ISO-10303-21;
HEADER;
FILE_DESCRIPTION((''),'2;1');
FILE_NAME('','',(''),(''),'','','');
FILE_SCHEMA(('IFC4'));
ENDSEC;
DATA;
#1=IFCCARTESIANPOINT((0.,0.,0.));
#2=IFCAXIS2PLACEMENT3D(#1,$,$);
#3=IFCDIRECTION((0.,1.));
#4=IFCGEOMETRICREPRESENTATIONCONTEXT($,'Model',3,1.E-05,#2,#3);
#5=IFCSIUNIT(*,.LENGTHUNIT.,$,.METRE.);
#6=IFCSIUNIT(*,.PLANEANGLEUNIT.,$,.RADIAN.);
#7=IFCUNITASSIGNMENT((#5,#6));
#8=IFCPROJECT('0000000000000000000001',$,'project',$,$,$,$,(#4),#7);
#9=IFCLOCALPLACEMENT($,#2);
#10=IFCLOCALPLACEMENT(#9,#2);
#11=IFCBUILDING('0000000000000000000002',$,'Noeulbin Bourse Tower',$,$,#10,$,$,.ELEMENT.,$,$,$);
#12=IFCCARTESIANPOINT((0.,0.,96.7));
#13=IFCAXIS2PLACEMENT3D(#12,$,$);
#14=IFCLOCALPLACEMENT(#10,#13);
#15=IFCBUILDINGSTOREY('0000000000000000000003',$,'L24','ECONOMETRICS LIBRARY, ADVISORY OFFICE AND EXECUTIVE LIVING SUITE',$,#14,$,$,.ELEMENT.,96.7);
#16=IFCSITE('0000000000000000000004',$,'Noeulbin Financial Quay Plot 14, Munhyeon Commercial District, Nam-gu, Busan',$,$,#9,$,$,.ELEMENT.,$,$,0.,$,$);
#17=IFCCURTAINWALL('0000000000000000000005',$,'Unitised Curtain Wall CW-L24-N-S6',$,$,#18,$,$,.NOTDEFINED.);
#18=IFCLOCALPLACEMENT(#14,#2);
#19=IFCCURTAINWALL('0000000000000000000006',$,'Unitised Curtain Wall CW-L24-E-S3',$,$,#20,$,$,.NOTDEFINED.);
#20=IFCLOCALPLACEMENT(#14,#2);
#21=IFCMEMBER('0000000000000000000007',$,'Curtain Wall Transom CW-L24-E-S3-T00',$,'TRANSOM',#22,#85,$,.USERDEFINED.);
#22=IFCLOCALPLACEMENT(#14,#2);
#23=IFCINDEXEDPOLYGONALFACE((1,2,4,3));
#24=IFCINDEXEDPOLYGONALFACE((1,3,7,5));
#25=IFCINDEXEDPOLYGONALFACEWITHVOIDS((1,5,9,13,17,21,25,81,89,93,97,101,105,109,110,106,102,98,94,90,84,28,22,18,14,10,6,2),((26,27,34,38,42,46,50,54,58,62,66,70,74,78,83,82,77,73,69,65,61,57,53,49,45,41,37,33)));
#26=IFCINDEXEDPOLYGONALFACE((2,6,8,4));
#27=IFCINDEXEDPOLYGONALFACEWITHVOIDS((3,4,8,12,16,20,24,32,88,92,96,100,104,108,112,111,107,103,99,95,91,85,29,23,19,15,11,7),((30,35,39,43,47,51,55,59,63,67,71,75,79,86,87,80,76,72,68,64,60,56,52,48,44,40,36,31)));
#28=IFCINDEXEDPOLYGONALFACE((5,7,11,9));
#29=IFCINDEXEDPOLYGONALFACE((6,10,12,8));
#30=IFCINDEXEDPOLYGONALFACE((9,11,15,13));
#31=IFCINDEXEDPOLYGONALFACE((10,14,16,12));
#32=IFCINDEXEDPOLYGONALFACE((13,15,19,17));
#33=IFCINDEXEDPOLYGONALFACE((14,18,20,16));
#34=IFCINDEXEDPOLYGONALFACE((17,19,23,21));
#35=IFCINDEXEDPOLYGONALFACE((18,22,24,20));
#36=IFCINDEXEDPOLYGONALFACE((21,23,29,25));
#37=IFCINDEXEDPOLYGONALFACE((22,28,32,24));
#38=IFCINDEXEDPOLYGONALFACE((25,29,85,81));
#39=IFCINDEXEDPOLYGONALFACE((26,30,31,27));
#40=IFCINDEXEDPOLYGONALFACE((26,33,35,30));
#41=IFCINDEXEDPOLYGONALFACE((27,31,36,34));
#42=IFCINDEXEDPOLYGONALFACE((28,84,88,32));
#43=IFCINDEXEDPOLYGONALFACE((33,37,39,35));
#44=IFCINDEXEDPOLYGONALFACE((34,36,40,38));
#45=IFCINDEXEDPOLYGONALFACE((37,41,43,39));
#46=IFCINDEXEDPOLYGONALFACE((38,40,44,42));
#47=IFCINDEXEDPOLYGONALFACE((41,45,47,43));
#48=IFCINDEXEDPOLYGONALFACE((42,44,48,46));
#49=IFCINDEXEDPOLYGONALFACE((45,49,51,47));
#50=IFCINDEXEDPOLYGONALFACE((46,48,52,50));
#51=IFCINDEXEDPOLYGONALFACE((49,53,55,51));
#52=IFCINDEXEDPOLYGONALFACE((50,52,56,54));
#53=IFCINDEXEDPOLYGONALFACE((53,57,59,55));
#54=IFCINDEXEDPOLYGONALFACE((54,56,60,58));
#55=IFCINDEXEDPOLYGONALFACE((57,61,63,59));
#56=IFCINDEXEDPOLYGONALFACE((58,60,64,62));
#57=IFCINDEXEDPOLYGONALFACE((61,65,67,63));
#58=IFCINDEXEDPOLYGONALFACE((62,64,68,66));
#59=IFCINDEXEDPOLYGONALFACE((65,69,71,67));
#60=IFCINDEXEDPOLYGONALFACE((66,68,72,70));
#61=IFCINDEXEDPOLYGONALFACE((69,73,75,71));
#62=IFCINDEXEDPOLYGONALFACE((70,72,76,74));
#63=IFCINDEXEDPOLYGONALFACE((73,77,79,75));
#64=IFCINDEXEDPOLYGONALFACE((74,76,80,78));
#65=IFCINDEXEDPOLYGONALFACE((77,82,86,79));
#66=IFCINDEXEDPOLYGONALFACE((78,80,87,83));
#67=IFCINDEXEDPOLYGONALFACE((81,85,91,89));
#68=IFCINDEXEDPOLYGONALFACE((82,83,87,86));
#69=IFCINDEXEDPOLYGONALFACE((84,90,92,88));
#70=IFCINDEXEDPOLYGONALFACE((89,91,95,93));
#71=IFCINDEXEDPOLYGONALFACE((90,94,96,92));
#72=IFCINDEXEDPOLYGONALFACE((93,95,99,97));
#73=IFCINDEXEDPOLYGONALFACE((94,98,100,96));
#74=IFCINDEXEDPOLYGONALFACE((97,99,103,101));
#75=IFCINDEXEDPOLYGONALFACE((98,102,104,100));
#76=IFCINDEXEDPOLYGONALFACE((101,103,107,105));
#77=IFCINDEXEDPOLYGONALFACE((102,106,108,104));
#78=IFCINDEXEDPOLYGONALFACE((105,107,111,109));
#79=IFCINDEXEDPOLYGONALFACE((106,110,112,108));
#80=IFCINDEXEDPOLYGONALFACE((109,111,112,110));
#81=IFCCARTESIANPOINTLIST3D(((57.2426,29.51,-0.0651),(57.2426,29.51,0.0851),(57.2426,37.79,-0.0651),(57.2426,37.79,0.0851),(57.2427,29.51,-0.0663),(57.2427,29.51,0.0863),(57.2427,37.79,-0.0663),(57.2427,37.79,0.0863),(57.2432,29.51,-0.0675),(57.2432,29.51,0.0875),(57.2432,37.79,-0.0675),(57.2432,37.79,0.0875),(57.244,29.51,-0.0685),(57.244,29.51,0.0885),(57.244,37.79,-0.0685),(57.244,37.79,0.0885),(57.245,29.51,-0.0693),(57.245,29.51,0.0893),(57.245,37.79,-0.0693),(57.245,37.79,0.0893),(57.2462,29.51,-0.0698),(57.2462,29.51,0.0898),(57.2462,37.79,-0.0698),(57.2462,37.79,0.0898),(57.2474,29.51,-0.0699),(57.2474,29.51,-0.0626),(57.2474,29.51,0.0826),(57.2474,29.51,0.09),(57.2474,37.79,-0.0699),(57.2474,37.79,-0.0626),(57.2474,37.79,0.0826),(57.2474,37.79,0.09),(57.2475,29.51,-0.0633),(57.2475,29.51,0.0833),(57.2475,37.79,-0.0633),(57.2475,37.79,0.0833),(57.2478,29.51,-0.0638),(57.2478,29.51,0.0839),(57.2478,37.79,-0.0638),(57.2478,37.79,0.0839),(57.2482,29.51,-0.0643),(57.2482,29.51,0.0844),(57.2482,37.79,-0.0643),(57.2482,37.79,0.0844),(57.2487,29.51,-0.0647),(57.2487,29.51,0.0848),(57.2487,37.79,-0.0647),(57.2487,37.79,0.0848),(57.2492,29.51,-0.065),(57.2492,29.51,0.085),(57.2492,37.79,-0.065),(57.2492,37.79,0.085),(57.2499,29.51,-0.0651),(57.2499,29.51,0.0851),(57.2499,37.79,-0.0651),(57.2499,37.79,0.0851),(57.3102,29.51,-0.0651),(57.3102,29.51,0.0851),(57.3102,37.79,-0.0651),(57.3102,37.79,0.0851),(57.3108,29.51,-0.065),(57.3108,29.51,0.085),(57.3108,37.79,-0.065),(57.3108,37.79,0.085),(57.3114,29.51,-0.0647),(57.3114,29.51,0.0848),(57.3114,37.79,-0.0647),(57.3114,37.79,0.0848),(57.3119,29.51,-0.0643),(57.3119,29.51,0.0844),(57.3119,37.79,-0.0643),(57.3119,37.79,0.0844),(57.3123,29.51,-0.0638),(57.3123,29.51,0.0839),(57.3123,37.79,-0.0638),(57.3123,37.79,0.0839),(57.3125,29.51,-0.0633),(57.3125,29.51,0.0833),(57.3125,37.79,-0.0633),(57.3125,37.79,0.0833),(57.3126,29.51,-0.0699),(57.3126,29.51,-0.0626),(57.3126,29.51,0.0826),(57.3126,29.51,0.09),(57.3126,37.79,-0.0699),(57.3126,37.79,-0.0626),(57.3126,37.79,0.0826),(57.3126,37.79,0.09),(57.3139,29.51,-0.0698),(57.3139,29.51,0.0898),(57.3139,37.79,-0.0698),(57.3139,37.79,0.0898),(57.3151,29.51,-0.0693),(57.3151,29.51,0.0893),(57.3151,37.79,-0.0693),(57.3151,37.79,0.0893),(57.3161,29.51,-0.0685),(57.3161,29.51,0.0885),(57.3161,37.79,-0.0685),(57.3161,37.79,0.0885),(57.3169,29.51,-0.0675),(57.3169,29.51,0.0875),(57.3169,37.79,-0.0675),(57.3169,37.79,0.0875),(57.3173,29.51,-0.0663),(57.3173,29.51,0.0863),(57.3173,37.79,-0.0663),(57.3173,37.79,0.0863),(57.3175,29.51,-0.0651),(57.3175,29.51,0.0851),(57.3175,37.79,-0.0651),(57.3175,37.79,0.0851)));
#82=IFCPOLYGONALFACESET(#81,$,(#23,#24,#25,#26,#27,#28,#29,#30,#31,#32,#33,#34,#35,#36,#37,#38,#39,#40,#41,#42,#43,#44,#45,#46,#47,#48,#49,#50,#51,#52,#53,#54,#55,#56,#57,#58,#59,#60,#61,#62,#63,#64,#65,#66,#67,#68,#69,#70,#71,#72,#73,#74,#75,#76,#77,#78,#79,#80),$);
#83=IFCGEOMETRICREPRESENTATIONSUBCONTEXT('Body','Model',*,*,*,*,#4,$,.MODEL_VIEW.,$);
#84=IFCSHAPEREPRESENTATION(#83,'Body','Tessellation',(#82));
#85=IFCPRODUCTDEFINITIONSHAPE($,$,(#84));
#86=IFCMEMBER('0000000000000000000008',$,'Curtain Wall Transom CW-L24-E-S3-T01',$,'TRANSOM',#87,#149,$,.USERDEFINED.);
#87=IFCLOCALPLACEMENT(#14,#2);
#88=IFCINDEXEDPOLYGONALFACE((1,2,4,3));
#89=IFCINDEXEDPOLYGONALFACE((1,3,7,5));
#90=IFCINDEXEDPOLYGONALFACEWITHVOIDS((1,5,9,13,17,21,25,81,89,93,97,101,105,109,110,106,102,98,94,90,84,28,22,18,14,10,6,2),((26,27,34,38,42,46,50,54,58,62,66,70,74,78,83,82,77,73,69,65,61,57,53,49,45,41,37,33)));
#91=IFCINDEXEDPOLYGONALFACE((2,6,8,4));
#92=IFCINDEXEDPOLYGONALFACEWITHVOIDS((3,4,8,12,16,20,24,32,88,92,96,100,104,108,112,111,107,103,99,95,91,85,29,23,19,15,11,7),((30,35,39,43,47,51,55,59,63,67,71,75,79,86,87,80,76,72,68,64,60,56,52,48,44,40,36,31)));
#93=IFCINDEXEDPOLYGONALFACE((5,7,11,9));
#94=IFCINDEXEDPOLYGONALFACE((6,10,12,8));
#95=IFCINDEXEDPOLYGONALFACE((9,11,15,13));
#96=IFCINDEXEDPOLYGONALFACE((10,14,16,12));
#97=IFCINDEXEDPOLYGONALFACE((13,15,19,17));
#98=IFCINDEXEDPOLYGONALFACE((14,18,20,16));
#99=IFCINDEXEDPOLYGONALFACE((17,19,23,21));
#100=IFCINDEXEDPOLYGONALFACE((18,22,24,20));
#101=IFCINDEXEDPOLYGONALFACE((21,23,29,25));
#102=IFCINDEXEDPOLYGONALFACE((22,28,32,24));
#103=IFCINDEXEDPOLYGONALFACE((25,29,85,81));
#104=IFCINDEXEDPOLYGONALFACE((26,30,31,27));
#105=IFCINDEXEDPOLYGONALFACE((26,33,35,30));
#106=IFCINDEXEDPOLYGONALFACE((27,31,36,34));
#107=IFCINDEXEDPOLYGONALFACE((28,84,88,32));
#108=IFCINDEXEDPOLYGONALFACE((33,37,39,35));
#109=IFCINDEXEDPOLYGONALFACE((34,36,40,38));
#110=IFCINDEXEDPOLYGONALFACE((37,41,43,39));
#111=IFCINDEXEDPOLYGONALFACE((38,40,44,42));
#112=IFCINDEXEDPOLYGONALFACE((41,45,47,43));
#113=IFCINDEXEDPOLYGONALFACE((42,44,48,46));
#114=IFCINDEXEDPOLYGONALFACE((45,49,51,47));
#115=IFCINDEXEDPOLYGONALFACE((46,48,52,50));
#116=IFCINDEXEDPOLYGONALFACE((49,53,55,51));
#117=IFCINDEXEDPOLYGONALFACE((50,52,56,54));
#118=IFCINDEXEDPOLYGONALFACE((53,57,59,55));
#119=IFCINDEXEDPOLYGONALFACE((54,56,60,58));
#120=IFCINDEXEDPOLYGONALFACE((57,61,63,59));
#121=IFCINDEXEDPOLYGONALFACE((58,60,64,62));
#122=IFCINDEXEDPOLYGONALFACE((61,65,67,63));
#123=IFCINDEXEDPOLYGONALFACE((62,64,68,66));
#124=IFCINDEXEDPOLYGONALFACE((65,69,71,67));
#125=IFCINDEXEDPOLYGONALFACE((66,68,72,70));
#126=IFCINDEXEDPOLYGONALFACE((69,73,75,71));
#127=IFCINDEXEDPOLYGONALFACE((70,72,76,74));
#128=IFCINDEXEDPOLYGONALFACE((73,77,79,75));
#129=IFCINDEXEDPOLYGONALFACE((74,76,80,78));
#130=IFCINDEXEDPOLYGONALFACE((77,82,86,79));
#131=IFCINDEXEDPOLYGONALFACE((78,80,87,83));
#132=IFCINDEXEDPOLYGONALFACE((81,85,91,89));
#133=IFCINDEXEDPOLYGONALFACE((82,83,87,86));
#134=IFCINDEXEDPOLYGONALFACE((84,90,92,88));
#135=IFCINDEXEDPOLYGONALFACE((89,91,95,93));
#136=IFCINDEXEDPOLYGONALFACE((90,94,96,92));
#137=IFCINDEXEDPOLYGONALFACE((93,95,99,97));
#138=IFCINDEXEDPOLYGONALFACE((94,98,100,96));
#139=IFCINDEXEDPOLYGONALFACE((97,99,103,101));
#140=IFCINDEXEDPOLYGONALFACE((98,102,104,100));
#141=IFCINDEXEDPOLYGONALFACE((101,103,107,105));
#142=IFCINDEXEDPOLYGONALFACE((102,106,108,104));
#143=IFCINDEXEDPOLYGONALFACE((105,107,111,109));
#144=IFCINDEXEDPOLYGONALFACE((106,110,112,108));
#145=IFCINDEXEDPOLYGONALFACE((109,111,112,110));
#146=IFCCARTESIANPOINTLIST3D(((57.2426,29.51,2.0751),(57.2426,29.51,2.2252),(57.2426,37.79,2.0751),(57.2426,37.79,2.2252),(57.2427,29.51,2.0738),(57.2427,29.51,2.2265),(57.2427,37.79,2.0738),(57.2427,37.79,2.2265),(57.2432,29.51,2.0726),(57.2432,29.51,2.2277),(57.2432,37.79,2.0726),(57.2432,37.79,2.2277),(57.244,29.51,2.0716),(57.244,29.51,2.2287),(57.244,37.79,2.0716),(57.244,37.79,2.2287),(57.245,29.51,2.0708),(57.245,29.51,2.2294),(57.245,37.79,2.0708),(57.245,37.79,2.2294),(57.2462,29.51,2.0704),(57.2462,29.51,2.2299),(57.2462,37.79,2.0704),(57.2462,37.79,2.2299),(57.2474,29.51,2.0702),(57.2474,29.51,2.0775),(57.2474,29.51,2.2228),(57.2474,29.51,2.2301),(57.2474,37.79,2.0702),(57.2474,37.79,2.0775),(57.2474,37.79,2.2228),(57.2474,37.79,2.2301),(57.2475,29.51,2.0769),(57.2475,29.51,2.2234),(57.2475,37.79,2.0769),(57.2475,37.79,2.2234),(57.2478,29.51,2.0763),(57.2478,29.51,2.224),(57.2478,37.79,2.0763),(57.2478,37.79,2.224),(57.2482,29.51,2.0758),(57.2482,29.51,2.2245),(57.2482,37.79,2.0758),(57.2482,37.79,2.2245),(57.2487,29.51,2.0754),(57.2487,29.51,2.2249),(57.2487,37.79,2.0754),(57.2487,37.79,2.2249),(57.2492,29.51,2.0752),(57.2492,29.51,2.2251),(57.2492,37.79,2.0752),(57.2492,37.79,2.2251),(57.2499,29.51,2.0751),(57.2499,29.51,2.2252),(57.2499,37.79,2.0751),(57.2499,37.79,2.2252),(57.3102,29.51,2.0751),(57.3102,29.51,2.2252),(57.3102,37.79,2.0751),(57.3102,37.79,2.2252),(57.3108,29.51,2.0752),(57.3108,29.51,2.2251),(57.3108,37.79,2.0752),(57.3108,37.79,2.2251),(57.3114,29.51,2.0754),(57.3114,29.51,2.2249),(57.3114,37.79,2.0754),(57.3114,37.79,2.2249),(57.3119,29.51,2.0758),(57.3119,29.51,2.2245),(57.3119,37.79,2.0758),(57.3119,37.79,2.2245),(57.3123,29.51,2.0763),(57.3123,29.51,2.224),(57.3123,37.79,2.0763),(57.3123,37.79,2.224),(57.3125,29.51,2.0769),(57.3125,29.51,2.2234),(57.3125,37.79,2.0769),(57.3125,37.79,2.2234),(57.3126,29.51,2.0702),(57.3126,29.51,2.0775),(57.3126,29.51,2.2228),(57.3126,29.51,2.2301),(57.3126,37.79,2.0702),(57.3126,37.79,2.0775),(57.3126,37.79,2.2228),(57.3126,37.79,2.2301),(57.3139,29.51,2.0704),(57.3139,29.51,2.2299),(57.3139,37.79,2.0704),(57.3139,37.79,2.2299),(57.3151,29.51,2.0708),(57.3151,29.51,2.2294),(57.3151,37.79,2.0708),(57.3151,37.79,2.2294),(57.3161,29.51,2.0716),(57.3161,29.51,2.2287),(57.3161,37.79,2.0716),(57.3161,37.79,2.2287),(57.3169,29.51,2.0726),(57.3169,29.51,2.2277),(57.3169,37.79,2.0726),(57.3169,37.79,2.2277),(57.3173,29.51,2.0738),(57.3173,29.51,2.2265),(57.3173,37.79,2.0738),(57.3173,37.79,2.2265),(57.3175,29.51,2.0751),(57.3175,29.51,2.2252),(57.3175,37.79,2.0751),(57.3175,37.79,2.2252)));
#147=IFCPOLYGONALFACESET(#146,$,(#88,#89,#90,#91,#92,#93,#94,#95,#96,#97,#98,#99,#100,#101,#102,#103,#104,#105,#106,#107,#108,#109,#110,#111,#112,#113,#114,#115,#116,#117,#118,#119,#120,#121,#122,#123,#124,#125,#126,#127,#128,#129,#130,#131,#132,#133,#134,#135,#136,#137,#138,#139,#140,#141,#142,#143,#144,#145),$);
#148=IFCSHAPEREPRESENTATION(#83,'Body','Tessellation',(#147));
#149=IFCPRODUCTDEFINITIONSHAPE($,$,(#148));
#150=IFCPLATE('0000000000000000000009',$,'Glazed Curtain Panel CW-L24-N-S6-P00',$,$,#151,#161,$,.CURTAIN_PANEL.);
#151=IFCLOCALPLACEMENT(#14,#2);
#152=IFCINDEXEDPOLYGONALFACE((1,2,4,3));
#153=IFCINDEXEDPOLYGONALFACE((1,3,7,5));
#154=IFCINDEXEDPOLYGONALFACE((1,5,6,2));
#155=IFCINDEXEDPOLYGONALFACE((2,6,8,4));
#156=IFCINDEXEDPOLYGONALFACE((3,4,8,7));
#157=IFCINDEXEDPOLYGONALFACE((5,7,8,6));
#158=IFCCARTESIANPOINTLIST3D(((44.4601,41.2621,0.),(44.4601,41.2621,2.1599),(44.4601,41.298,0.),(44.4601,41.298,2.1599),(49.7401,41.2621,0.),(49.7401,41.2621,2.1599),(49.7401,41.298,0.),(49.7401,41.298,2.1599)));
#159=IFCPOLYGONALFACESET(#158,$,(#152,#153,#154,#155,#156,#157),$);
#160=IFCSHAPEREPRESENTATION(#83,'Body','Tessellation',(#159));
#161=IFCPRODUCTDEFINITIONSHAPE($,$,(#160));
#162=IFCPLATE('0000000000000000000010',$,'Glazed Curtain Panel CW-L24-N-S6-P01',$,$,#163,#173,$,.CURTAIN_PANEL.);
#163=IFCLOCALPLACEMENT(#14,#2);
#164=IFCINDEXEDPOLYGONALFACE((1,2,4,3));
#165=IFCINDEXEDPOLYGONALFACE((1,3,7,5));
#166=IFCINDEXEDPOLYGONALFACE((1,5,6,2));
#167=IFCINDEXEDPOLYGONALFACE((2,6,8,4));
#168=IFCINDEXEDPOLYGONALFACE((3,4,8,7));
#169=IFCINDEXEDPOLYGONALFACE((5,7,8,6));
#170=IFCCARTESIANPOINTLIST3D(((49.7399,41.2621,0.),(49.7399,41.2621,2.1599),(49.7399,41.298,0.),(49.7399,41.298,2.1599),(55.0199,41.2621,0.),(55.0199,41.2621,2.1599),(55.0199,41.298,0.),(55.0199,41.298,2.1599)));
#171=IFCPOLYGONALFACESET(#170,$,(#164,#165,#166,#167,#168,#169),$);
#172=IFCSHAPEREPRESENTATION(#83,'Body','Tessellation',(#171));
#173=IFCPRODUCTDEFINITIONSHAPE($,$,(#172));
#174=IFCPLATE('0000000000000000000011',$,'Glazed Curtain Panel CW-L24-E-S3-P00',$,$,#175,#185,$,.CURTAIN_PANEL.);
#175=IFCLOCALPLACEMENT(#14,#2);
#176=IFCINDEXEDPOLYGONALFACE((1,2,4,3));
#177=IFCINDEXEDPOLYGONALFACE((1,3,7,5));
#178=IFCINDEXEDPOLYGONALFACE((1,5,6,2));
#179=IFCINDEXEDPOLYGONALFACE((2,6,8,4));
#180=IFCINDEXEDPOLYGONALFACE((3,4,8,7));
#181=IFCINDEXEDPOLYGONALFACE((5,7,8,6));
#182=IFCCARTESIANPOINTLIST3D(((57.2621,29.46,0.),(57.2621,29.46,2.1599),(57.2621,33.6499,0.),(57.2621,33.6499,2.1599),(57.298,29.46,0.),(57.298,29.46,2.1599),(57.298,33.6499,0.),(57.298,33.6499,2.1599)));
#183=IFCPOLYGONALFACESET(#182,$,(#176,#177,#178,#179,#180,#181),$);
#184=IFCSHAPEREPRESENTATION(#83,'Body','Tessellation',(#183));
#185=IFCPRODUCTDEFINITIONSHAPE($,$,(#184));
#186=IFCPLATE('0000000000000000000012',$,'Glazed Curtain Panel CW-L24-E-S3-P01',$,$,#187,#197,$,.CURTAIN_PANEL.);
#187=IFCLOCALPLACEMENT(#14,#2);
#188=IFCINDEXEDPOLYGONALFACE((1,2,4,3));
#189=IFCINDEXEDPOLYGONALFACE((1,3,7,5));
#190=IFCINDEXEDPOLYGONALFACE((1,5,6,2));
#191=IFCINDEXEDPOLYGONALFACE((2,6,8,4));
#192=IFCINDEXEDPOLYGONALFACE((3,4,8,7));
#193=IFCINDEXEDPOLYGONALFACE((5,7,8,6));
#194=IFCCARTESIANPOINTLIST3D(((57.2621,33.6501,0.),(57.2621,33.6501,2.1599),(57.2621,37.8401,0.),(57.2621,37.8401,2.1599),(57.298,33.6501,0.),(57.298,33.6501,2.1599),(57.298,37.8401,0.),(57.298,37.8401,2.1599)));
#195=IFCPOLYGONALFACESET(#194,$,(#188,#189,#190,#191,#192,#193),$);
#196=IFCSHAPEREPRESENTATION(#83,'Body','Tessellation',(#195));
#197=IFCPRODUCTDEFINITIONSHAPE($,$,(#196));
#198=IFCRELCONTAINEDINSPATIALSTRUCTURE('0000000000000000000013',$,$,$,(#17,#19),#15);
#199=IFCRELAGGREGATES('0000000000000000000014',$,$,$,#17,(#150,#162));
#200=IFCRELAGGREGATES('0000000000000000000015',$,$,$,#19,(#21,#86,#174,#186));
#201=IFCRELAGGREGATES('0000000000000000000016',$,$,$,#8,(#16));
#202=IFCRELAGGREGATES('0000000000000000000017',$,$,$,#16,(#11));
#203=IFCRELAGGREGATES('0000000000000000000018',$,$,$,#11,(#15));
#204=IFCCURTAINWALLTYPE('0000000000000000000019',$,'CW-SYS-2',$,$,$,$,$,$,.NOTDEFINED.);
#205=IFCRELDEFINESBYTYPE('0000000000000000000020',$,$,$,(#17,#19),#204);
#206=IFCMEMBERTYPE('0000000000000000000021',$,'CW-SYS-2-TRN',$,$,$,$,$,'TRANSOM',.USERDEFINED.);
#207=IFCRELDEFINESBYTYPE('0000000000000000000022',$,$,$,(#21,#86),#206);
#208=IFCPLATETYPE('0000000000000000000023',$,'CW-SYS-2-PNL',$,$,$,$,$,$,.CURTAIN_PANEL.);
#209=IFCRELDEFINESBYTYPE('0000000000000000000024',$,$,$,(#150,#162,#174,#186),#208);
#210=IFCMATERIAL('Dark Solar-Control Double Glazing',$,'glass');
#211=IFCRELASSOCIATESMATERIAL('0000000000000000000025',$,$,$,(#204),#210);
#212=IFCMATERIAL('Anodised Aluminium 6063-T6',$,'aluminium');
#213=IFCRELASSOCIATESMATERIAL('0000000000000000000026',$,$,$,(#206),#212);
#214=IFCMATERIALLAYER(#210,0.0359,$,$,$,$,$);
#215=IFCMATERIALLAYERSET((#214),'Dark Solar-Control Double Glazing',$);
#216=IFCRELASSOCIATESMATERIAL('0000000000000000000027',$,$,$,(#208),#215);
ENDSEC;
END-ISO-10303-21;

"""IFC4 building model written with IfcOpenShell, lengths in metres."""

from ifc_helpers import new_model, si_unit, direction, frame, origin, origin_2d, place, context, subcontext, project, spatial, rectangle, hollow_rectangle, extrude, material, layer, layer_set, material_profile, profile_set, type_object, element, aggregate, save


model = new_model("IFC4")

# Units and contexts
model_context = context("Model", 3, precision=1e-05, world=origin(), true_north=direction((0.0, 1.0)))
body_context = subcontext(model_context, "Body", "Model", "MODEL_VIEW")
ifc_project = project(units=[si_unit("LENGTHUNIT", "METRE"), si_unit("PLANEANGLEUNIT", "RADIAN")], contexts=[model_context])

# Site, building, storey
site_placement = place(None, origin())
site = spatial("IfcSite", under=ifc_project, at=site_placement, Name="Noeulbin Financial Quay Plot 14, Munhyeon Commercial District, Nam-gu, Busan", CompositionType="ELEMENT", RefElevation=0.0)
building_placement = place(site_placement, origin())
building = spatial("IfcBuilding", under=site, at=building_placement, Name="Noeulbin Bourse Tower", CompositionType="ELEMENT")
storey_placement = place(building_placement, frame((0.0, 0.0, 96.7)))
storey = spatial("IfcBuildingStorey", under=building, at=storey_placement, Name="L24", Description="ECONOMETRICS LIBRARY, ADVISORY OFFICE AND EXECUTIVE LIVING SUITE", CompositionType="ELEMENT", Elevation=96.7)

# Curtain wall
ifc_material_1 = material(Name="Dark Solar-Control Double Glazing", Category="glass")
curtain_wall_type = type_object("IfcCurtainWallType", Name="CW-SYS-2", PredefinedType="NOTDEFINED", material=ifc_material_1)
curtain_wall_1_placement = place(storey_placement, origin())
curtain_wall_1 = element("IfcCurtainWall", 1, at=curtain_wall_1_placement, inside=storey, type_object=curtain_wall_type, Name="Unitised Curtain Wall CW-L24-N-S6", PredefinedType="NOTDEFINED")
ifc_material_2 = material(Name="Anodised Aluminium 6063-T6", Category="aluminium")

# Curtain wall
curtain_wall_2_placement = place(storey_placement, origin())
curtain_wall_2 = element("IfcCurtainWall", 2, at=curtain_wall_2_placement, inside=storey, type_object=curtain_wall_type, Name="Unitised Curtain Wall CW-L24-E-S3", PredefinedType="NOTDEFINED")

# Members
ifc_material_profile_1 = material_profile(ifc_material_2, hollow_rectangle(XDim=0.075, YDim=0.1599, WallThickness=0.0049, InnerFilletRadius=0.0024, OuterFilletRadius=0.0049, at=origin_2d()), Name="ALU-TRAN-75x160x5", Category="LoadBearing")
ifc_profile_set_1 = profile_set([ifc_material_profile_1], Name="Anodised Aluminium 6063-T6")
member_type_1 = type_object("IfcMemberType", Name="CW-SYS-2-TRN", ElementType="TRANSOM", PredefinedType="USERDEFINED", material=ifc_profile_set_1)
member_1_placement = place(storey_placement, frame((57.28, 29.51, 0.01), z_axis=(0.0, 1.0, 0.0), x_axis=(-1.0, 0.0, 0.0)))
member_1 = element("IfcMember", 3, at=member_1_placement, type_object=member_type_1, Name="Curtain Wall Transom CW-L24-E-S3-T00", ObjectType="TRANSOM", PredefinedType="USERDEFINED", context=body_context, shape_type="SweptSolid", body=[
    extrude(hollow_rectangle(XDim=0.075, YDim=0.1599, WallThickness=0.0049, InnerFilletRadius=0.0024, OuterFilletRadius=0.0049, at=origin_2d()), origin(), (0.0, 0.0, 1.0), 8.28),
])
member_2_placement = place(storey_placement, frame((57.28, 29.51, 2.1501), z_axis=(0.0, 1.0, 0.0), x_axis=(-1.0, 0.0, 0.0)))
member_2 = element("IfcMember", 4, at=member_2_placement, type_object=member_type_1, Name="Curtain Wall Transom CW-L24-E-S3-T01", ObjectType="TRANSOM", PredefinedType="USERDEFINED", context=body_context, shape_type="SweptSolid", body=[
    extrude(hollow_rectangle(XDim=0.075, YDim=0.1599, WallThickness=0.0049, InnerFilletRadius=0.0024, OuterFilletRadius=0.0049, at=origin_2d()), origin(), (0.0, 0.0, 1.0), 8.28),
])

# Plates
ifc_layer_1 = layer(ifc_material_1, 0.0359)
ifc_layer_set_1 = layer_set([ifc_layer_1], Name="Dark Solar-Control Double Glazing")
plate_type_1 = type_object("IfcPlateType", Name="CW-SYS-2-PNL", PredefinedType="CURTAIN_PANEL", material=ifc_layer_set_1)
plate_1_placement = place(storey_placement, frame((47.1001, 41.28, 0.0), z_axis=(0.0, 0.0, 1.0), x_axis=(1.0, 0.0, 0.0)))
plate_1 = element("IfcPlate", 5, at=plate_1_placement, type_object=plate_type_1, Name="Glazed Curtain Panel CW-L24-N-S6-P00", PredefinedType="CURTAIN_PANEL", context=body_context, shape_type="SweptSolid", body=[
    extrude(rectangle(XDim=5.28, YDim=0.0359, at=origin_2d()), origin(), (0.0, 0.0, 1.0), 2.1599),
])
plate_2_placement = place(storey_placement, frame((52.3799, 41.28, 0.0), z_axis=(0.0, 0.0, 1.0), x_axis=(1.0, 0.0, 0.0)))
plate_2 = element("IfcPlate", 6, at=plate_2_placement, type_object=plate_type_1, Name="Glazed Curtain Panel CW-L24-N-S6-P01", PredefinedType="CURTAIN_PANEL", context=body_context, shape_type="SweptSolid", body=[
    extrude(rectangle(XDim=5.28, YDim=0.0359, at=origin_2d()), origin(), (0.0, 0.0, 1.0), 2.1599),
])
aggregate(curtain_wall_1, [plate_1, plate_2])
plate_3_placement = place(storey_placement, frame((57.28, 31.5549, 0.0), z_axis=(0.0, 0.0, 1.0), x_axis=(0.0, 1.0, 0.0)))
plate_3 = element("IfcPlate", 7, at=plate_3_placement, type_object=plate_type_1, Name="Glazed Curtain Panel CW-L24-E-S3-P00", PredefinedType="CURTAIN_PANEL", context=body_context, shape_type="SweptSolid", body=[
    extrude(rectangle(XDim=4.1899, YDim=0.0359, at=origin_2d()), origin(), (0.0, 0.0, 1.0), 2.1599),
])
plate_4_placement = place(storey_placement, frame((57.28, 35.7451, 0.0), z_axis=(0.0, 0.0, 1.0), x_axis=(0.0, 1.0, 0.0)))
plate_4 = element("IfcPlate", 8, at=plate_4_placement, type_object=plate_type_1, Name="Glazed Curtain Panel CW-L24-E-S3-P01", PredefinedType="CURTAIN_PANEL", context=body_context, shape_type="SweptSolid", body=[
    extrude(rectangle(XDim=4.1899, YDim=0.0359, at=origin_2d()), origin(), (0.0, 0.0, 1.0), 2.1599),
])
aggregate(curtain_wall_2, [member_1, member_2, plate_3, plate_4])

save(model, "model.ifc")
